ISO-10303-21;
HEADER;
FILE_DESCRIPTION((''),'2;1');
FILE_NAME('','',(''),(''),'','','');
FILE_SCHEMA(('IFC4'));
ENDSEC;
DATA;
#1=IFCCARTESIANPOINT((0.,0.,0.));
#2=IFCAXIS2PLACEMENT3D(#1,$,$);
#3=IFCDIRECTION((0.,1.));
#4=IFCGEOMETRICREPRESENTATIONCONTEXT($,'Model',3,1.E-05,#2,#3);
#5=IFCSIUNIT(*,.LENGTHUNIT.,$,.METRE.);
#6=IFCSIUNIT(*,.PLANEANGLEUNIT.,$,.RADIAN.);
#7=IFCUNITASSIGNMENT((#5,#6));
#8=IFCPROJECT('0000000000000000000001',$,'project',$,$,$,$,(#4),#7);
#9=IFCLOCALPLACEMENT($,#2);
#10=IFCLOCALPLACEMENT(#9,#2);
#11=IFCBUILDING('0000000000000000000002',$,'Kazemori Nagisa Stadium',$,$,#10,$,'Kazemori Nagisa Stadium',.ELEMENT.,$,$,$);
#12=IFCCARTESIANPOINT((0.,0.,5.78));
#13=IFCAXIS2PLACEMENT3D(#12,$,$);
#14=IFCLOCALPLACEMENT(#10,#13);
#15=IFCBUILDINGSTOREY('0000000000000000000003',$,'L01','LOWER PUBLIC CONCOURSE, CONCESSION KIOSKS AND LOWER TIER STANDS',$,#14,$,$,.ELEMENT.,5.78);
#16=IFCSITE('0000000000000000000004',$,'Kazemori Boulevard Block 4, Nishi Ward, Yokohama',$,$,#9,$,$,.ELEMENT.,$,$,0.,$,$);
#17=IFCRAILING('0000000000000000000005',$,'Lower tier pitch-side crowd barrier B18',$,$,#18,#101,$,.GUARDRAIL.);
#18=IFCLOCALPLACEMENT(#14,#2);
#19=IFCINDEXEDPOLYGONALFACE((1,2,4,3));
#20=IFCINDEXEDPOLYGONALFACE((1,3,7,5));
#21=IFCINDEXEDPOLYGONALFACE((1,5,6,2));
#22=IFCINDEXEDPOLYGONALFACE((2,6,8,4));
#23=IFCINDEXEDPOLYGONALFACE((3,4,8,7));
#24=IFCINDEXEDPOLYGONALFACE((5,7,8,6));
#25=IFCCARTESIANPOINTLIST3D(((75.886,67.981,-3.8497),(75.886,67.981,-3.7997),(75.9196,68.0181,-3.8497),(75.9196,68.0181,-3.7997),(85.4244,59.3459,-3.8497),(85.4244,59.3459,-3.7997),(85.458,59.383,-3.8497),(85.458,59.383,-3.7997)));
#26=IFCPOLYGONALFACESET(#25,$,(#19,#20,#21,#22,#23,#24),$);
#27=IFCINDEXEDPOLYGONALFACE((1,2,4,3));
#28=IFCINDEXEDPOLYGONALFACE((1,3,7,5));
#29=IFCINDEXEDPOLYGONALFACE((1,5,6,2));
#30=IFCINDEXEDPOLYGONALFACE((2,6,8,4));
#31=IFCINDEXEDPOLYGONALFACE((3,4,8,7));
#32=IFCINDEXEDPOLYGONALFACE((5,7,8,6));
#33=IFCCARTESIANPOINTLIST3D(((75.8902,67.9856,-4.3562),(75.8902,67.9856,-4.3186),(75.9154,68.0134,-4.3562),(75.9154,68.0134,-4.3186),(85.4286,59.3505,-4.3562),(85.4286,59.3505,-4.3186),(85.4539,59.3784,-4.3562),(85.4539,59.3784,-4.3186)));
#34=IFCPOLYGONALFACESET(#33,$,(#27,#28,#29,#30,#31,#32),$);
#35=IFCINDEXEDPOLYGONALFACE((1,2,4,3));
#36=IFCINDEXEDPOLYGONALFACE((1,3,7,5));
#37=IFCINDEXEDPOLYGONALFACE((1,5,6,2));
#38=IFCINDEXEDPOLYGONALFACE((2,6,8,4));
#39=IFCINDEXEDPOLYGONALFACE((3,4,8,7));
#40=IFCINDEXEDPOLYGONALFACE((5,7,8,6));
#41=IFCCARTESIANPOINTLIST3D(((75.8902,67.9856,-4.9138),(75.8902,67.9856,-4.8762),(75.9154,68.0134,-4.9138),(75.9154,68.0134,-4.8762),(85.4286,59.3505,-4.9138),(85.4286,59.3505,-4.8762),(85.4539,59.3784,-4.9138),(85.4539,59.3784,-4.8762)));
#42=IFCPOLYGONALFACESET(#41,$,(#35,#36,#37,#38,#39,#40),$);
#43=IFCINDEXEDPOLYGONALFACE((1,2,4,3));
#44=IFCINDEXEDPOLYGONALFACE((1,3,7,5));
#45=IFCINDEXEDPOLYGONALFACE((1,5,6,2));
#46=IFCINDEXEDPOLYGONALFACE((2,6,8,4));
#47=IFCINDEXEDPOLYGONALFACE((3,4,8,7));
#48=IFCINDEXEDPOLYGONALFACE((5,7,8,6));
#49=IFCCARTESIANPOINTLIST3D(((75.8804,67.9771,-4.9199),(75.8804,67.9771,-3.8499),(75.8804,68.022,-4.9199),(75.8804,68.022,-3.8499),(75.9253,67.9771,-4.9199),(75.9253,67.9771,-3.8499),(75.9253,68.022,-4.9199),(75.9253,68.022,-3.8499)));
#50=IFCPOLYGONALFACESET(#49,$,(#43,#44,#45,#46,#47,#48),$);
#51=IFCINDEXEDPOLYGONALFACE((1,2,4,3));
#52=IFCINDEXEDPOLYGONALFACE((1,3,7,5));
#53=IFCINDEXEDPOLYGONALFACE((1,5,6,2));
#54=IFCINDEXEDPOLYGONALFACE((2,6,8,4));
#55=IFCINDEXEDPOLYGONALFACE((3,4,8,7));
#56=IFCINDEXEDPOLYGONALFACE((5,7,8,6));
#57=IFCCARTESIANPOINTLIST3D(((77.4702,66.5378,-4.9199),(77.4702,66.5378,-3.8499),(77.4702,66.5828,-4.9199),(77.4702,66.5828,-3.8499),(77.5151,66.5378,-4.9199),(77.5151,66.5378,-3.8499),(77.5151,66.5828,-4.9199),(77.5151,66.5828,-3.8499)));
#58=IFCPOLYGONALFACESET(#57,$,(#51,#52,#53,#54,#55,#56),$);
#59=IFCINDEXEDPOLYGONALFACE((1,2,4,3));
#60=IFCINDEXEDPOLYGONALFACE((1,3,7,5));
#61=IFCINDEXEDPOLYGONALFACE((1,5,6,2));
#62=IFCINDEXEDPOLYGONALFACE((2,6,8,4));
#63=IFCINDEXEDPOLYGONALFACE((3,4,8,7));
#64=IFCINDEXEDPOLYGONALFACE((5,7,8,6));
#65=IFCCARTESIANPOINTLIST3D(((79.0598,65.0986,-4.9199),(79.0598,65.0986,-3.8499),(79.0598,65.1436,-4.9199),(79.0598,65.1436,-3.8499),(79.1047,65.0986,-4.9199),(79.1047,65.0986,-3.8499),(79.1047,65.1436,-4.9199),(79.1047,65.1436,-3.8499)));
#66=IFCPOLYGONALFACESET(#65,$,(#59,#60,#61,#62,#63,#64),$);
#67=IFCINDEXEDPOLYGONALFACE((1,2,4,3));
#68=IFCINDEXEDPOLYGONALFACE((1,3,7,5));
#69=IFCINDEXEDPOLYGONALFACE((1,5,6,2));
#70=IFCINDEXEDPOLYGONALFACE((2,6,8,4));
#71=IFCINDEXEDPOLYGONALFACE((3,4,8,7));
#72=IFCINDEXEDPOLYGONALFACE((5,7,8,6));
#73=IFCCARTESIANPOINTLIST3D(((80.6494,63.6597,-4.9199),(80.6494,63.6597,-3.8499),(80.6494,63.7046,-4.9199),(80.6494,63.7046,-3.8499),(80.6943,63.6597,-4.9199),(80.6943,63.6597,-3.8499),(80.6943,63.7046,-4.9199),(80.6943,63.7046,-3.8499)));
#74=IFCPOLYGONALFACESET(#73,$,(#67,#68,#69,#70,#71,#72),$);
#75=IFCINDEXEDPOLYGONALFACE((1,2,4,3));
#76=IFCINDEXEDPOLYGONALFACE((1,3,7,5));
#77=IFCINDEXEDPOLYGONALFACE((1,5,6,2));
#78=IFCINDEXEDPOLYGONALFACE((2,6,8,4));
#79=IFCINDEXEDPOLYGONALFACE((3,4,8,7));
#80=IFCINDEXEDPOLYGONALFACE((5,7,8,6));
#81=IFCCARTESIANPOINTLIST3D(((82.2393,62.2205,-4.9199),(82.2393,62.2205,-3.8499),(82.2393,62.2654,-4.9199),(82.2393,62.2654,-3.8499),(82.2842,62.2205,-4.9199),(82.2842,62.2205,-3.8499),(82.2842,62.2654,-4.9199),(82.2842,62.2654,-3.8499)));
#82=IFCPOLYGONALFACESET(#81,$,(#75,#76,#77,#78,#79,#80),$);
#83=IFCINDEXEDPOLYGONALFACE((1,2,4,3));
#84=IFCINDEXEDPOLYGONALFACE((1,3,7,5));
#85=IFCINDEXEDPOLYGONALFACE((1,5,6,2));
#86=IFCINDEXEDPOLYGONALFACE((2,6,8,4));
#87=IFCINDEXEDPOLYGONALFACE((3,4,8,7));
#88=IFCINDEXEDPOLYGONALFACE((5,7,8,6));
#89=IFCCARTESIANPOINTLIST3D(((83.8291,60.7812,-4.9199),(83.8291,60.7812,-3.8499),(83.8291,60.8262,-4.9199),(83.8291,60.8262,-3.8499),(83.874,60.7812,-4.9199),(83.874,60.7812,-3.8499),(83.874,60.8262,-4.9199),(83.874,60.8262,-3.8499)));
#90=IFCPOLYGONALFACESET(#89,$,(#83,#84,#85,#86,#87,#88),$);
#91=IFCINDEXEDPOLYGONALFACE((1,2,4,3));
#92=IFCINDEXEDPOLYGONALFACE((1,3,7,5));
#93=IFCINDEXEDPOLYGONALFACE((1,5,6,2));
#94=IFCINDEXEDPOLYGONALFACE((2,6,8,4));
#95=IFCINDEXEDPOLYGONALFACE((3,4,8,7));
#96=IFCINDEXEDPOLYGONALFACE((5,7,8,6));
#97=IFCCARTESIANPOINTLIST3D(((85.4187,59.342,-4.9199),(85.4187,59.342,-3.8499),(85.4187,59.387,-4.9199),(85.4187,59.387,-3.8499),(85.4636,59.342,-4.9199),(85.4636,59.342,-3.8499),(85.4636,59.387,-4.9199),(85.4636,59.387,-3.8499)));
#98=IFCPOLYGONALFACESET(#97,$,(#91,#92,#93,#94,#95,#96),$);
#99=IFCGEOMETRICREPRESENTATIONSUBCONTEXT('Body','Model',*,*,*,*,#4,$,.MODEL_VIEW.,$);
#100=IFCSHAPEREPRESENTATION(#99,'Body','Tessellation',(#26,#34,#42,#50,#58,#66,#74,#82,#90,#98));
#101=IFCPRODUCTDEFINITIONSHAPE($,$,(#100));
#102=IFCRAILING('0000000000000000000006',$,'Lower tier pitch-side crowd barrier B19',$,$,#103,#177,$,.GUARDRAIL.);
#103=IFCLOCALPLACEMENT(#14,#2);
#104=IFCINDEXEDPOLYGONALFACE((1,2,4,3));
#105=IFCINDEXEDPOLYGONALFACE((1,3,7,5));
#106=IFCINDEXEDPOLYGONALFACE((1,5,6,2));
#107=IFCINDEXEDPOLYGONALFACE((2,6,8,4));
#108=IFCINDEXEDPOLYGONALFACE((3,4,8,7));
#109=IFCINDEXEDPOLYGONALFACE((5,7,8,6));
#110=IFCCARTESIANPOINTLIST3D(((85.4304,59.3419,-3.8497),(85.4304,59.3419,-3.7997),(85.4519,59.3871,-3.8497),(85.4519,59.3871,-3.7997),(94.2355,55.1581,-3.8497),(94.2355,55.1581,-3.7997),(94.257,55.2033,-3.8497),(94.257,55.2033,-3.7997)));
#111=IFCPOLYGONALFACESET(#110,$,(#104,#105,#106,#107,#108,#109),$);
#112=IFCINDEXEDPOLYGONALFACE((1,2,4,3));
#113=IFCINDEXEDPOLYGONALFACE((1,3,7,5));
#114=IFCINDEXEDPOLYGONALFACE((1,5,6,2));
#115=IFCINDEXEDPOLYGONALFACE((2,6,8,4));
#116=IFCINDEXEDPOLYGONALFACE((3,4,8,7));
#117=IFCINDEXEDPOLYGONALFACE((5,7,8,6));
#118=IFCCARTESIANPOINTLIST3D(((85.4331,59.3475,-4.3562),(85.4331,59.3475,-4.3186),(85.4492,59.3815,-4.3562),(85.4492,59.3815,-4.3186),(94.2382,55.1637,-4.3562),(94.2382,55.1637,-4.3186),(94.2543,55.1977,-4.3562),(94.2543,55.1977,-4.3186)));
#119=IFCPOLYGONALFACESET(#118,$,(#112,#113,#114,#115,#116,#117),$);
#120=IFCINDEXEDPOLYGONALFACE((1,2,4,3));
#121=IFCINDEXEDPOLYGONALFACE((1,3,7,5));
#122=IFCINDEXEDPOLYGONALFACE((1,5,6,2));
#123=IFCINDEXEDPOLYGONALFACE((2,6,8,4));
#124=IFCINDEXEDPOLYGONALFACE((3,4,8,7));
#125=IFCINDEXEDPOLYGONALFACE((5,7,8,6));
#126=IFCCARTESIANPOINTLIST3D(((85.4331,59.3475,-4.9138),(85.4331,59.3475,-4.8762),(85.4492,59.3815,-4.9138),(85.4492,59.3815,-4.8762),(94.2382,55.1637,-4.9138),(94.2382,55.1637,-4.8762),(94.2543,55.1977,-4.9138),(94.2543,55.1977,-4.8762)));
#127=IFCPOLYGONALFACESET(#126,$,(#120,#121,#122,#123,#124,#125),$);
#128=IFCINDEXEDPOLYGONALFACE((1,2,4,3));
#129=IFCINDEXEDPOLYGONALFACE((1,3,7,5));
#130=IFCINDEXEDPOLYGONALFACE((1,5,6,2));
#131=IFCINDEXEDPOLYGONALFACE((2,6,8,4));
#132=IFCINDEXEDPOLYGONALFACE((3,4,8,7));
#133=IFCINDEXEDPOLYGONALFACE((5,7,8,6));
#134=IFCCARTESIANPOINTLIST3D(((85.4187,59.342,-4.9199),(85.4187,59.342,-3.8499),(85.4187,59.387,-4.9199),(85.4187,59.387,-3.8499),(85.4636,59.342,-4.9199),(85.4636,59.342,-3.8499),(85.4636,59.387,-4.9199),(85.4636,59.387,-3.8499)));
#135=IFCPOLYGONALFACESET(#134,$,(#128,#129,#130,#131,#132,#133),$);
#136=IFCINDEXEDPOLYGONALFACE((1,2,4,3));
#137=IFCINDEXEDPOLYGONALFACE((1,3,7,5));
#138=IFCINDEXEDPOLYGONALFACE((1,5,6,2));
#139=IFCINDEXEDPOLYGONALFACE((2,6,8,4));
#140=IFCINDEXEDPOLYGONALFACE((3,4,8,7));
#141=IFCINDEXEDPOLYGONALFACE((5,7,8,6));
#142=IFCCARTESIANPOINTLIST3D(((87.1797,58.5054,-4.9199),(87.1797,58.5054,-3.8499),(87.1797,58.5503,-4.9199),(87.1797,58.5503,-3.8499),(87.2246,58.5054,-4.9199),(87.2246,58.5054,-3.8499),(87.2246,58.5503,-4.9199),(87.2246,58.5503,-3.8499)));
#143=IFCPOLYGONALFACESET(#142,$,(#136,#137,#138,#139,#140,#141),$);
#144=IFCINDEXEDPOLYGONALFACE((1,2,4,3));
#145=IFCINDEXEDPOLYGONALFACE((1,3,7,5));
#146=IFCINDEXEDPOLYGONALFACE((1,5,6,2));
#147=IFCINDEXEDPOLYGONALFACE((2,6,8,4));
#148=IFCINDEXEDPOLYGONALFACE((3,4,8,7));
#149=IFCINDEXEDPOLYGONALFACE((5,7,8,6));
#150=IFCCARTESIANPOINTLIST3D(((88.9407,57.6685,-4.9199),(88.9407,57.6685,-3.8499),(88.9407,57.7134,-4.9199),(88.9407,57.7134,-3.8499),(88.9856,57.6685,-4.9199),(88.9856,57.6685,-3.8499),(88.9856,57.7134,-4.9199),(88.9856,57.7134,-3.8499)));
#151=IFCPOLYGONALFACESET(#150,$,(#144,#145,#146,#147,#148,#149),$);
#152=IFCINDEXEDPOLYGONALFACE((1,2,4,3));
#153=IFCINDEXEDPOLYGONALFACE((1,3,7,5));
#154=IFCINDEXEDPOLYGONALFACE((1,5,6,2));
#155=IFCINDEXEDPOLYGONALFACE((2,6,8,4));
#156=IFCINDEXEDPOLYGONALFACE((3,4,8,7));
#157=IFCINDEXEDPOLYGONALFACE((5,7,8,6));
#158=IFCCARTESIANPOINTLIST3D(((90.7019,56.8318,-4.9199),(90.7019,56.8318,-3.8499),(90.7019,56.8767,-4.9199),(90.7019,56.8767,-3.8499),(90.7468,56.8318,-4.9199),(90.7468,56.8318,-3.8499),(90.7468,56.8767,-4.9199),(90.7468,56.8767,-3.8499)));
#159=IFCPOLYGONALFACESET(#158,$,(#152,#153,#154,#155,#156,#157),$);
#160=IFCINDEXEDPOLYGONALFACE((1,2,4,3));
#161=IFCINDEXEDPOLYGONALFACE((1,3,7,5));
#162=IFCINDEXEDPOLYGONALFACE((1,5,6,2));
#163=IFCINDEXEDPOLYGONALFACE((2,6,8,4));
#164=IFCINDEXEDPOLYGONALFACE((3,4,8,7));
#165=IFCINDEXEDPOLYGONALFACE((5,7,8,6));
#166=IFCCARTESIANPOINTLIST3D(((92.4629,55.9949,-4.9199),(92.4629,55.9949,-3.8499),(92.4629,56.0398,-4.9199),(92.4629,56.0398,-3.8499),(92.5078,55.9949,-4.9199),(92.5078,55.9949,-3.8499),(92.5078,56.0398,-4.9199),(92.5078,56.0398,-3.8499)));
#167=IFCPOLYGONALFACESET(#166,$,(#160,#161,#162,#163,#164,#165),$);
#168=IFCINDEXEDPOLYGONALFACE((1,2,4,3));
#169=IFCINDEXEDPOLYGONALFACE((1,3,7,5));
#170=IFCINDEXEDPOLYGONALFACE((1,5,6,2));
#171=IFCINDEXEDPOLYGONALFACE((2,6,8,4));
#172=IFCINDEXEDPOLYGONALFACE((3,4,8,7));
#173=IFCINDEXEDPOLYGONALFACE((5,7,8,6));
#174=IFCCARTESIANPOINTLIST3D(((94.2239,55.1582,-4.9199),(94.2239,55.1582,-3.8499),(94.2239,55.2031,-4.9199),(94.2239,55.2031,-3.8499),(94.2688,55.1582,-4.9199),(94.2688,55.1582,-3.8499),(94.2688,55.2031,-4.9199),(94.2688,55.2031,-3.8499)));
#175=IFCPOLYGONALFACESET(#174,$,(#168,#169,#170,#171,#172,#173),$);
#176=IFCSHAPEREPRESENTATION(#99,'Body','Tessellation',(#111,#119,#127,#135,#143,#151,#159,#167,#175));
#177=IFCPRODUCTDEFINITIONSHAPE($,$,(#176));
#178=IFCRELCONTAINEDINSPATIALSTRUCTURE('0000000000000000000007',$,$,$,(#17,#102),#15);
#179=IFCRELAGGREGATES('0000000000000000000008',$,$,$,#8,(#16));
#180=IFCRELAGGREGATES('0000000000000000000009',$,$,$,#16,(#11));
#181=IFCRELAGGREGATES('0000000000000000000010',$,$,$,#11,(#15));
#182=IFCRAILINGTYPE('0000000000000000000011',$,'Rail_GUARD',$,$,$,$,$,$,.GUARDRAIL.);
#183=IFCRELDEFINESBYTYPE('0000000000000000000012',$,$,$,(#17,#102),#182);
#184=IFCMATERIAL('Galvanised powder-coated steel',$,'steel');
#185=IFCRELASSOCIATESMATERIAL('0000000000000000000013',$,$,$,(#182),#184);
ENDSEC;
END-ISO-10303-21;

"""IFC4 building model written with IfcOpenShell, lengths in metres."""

from ifc_helpers import new_model, si_unit, direction, frame, origin, origin_2d, place, context, subcontext, project, spatial, rectangle, extrude, material, type_object, element, save


model = new_model("IFC4")

# Units and contexts
model_context = context("Model", 3, precision=1e-05, world=origin(), true_north=direction((0.0, 1.0)))
body_context = subcontext(model_context, "Body", "Model", "MODEL_VIEW")
ifc_project = project(units=[si_unit("LENGTHUNIT", "METRE"), si_unit("PLANEANGLEUNIT", "RADIAN")], contexts=[model_context])

# Site, building, storey
site_placement = place(None, origin())
site = spatial("IfcSite", under=ifc_project, at=site_placement, Name="Kazemori Boulevard Block 4, Nishi Ward, Yokohama", CompositionType="ELEMENT", RefElevation=0.0)
building_placement = place(site_placement, origin())
building = spatial("IfcBuilding", under=site, at=building_placement, Name="Kazemori Nagisa Stadium", LongName="Kazemori Nagisa Stadium", CompositionType="ELEMENT")
storey_placement = place(building_placement, frame((0.0, 0.0, 5.78)))
storey = spatial("IfcBuildingStorey", under=building, at=storey_placement, Name="L01", Description="LOWER PUBLIC CONCOURSE, CONCESSION KIOSKS AND LOWER TIER STANDS", CompositionType="ELEMENT", Elevation=5.78)

# Railings
ifc_material_1 = material(Name="Galvanised powder-coated steel", Category="steel")
railing_type_1 = type_object("IfcRailingType", Name="Rail_GUARD", PredefinedType="GUARDRAIL", material=ifc_material_1)
railing_1_placement = place(storey_placement, frame((75.9028, 67.9995, -4.9199)))
element("IfcRailing", 1, at=railing_1_placement, inside=storey, type_object=railing_type_1, Name="Lower tier pitch-side crowd barrier B18", PredefinedType="GUARDRAIL", context=body_context, shape_type="SweptSolid", body=[
    extrude(rectangle(XDim=0.05, YDim=0.05, at=origin_2d()), frame((0.0, 0.0, 1.0952), z_axis=(0.741339, -0.671131, 0.0), x_axis=(0.671131, 0.741339, 0.0)), (0.0, 0.0, 1.0), 12.8665),
    extrude(rectangle(XDim=0.0376, YDim=0.0376, at=origin_2d()), frame((0.0, 0.0, 0.5825), z_axis=(0.741339, -0.671131, 0.0), x_axis=(0.671131, 0.741339, 0.0)), (0.0, 0.0, 1.0), 12.8665),
    extrude(rectangle(XDim=0.0376, YDim=0.0376, at=origin_2d()), frame((0.0, 0.0, 0.0249), z_axis=(0.741339, -0.671131, 0.0), x_axis=(0.671131, 0.741339, 0.0)), (0.0, 0.0, 1.0), 12.8665),
    extrude(rectangle(XDim=0.0449, YDim=0.0449, at=origin_2d()), origin(), (0.0, 0.0, 1.0), 1.0701),
    extrude(rectangle(XDim=0.0449, YDim=0.0449, at=origin_2d()), frame((1.5898, -1.4392, 0.0)), (0.0, 0.0, 1.0), 1.0701),
    extrude(rectangle(XDim=0.0449, YDim=0.0449, at=origin_2d()), frame((3.1794, -2.8784, 0.0)), (0.0, 0.0, 1.0), 1.0701),
    extrude(rectangle(XDim=0.0449, YDim=0.0449, at=origin_2d()), frame((4.769, -4.3174, 0.0)), (0.0, 0.0, 1.0), 1.0701),
    extrude(rectangle(XDim=0.0449, YDim=0.0449, at=origin_2d()), frame((6.3589, -5.7566, 0.0)), (0.0, 0.0, 1.0), 1.0701),
    extrude(rectangle(XDim=0.0449, YDim=0.0449, at=origin_2d()), frame((7.9487, -7.1958, 0.0)), (0.0, 0.0, 1.0), 1.0701),
    extrude(rectangle(XDim=0.0449, YDim=0.0449, at=origin_2d()), frame((9.5383, -8.635, 0.0)), (0.0, 0.0, 1.0), 1.0701),
])
railing_2_placement = place(storey_placement, frame((85.4412, 59.3645, -4.9199)))
element("IfcRailing", 2, at=railing_2_placement, inside=storey, type_object=railing_type_1, Name="Lower tier pitch-side crowd barrier B19", PredefinedType="GUARDRAIL", context=body_context, shape_type="SweptSolid", body=[
    extrude(rectangle(XDim=0.05, YDim=0.05, at=origin_2d()), frame((0.0, 0.0, 1.0952), z_axis=(0.903223, -0.429172, 0.0), x_axis=(0.429172, 0.903223, 0.0)), (0.0, 0.0, 1.0), 9.7485),
    extrude(rectangle(XDim=0.0376, YDim=0.0376, at=origin_2d()), frame((0.0, 0.0, 0.5825), z_axis=(0.903223, -0.429172, 0.0), x_axis=(0.429172, 0.903223, 0.0)), (0.0, 0.0, 1.0), 9.7485),
    extrude(rectangle(XDim=0.0376, YDim=0.0376, at=origin_2d()), frame((0.0, 0.0, 0.0249), z_axis=(0.903223, -0.429172, 0.0), x_axis=(0.429172, 0.903223, 0.0)), (0.0, 0.0, 1.0), 9.7485),
    extrude(rectangle(XDim=0.0449, YDim=0.0449, at=origin_2d()), origin(), (0.0, 0.0, 1.0), 1.0701),
    extrude(rectangle(XDim=0.0449, YDim=0.0449, at=origin_2d()), frame((1.761, -0.8367, 0.0)), (0.0, 0.0, 1.0), 1.0701),
    extrude(rectangle(XDim=0.0449, YDim=0.0449, at=origin_2d()), frame((3.522, -1.6736, 0.0)), (0.0, 0.0, 1.0), 1.0701),
    extrude(rectangle(XDim=0.0449, YDim=0.0449, at=origin_2d()), frame((5.2832, -2.5103, 0.0)), (0.0, 0.0, 1.0), 1.0701),
    extrude(rectangle(XDim=0.0449, YDim=0.0449, at=origin_2d()), frame((7.0442, -3.3472, 0.0)), (0.0, 0.0, 1.0), 1.0701),
    extrude(rectangle(XDim=0.0449, YDim=0.0449, at=origin_2d()), frame((8.8052, -4.1838, 0.0)), (0.0, 0.0, 1.0), 1.0701),
])

save(model, "model.ifc")
